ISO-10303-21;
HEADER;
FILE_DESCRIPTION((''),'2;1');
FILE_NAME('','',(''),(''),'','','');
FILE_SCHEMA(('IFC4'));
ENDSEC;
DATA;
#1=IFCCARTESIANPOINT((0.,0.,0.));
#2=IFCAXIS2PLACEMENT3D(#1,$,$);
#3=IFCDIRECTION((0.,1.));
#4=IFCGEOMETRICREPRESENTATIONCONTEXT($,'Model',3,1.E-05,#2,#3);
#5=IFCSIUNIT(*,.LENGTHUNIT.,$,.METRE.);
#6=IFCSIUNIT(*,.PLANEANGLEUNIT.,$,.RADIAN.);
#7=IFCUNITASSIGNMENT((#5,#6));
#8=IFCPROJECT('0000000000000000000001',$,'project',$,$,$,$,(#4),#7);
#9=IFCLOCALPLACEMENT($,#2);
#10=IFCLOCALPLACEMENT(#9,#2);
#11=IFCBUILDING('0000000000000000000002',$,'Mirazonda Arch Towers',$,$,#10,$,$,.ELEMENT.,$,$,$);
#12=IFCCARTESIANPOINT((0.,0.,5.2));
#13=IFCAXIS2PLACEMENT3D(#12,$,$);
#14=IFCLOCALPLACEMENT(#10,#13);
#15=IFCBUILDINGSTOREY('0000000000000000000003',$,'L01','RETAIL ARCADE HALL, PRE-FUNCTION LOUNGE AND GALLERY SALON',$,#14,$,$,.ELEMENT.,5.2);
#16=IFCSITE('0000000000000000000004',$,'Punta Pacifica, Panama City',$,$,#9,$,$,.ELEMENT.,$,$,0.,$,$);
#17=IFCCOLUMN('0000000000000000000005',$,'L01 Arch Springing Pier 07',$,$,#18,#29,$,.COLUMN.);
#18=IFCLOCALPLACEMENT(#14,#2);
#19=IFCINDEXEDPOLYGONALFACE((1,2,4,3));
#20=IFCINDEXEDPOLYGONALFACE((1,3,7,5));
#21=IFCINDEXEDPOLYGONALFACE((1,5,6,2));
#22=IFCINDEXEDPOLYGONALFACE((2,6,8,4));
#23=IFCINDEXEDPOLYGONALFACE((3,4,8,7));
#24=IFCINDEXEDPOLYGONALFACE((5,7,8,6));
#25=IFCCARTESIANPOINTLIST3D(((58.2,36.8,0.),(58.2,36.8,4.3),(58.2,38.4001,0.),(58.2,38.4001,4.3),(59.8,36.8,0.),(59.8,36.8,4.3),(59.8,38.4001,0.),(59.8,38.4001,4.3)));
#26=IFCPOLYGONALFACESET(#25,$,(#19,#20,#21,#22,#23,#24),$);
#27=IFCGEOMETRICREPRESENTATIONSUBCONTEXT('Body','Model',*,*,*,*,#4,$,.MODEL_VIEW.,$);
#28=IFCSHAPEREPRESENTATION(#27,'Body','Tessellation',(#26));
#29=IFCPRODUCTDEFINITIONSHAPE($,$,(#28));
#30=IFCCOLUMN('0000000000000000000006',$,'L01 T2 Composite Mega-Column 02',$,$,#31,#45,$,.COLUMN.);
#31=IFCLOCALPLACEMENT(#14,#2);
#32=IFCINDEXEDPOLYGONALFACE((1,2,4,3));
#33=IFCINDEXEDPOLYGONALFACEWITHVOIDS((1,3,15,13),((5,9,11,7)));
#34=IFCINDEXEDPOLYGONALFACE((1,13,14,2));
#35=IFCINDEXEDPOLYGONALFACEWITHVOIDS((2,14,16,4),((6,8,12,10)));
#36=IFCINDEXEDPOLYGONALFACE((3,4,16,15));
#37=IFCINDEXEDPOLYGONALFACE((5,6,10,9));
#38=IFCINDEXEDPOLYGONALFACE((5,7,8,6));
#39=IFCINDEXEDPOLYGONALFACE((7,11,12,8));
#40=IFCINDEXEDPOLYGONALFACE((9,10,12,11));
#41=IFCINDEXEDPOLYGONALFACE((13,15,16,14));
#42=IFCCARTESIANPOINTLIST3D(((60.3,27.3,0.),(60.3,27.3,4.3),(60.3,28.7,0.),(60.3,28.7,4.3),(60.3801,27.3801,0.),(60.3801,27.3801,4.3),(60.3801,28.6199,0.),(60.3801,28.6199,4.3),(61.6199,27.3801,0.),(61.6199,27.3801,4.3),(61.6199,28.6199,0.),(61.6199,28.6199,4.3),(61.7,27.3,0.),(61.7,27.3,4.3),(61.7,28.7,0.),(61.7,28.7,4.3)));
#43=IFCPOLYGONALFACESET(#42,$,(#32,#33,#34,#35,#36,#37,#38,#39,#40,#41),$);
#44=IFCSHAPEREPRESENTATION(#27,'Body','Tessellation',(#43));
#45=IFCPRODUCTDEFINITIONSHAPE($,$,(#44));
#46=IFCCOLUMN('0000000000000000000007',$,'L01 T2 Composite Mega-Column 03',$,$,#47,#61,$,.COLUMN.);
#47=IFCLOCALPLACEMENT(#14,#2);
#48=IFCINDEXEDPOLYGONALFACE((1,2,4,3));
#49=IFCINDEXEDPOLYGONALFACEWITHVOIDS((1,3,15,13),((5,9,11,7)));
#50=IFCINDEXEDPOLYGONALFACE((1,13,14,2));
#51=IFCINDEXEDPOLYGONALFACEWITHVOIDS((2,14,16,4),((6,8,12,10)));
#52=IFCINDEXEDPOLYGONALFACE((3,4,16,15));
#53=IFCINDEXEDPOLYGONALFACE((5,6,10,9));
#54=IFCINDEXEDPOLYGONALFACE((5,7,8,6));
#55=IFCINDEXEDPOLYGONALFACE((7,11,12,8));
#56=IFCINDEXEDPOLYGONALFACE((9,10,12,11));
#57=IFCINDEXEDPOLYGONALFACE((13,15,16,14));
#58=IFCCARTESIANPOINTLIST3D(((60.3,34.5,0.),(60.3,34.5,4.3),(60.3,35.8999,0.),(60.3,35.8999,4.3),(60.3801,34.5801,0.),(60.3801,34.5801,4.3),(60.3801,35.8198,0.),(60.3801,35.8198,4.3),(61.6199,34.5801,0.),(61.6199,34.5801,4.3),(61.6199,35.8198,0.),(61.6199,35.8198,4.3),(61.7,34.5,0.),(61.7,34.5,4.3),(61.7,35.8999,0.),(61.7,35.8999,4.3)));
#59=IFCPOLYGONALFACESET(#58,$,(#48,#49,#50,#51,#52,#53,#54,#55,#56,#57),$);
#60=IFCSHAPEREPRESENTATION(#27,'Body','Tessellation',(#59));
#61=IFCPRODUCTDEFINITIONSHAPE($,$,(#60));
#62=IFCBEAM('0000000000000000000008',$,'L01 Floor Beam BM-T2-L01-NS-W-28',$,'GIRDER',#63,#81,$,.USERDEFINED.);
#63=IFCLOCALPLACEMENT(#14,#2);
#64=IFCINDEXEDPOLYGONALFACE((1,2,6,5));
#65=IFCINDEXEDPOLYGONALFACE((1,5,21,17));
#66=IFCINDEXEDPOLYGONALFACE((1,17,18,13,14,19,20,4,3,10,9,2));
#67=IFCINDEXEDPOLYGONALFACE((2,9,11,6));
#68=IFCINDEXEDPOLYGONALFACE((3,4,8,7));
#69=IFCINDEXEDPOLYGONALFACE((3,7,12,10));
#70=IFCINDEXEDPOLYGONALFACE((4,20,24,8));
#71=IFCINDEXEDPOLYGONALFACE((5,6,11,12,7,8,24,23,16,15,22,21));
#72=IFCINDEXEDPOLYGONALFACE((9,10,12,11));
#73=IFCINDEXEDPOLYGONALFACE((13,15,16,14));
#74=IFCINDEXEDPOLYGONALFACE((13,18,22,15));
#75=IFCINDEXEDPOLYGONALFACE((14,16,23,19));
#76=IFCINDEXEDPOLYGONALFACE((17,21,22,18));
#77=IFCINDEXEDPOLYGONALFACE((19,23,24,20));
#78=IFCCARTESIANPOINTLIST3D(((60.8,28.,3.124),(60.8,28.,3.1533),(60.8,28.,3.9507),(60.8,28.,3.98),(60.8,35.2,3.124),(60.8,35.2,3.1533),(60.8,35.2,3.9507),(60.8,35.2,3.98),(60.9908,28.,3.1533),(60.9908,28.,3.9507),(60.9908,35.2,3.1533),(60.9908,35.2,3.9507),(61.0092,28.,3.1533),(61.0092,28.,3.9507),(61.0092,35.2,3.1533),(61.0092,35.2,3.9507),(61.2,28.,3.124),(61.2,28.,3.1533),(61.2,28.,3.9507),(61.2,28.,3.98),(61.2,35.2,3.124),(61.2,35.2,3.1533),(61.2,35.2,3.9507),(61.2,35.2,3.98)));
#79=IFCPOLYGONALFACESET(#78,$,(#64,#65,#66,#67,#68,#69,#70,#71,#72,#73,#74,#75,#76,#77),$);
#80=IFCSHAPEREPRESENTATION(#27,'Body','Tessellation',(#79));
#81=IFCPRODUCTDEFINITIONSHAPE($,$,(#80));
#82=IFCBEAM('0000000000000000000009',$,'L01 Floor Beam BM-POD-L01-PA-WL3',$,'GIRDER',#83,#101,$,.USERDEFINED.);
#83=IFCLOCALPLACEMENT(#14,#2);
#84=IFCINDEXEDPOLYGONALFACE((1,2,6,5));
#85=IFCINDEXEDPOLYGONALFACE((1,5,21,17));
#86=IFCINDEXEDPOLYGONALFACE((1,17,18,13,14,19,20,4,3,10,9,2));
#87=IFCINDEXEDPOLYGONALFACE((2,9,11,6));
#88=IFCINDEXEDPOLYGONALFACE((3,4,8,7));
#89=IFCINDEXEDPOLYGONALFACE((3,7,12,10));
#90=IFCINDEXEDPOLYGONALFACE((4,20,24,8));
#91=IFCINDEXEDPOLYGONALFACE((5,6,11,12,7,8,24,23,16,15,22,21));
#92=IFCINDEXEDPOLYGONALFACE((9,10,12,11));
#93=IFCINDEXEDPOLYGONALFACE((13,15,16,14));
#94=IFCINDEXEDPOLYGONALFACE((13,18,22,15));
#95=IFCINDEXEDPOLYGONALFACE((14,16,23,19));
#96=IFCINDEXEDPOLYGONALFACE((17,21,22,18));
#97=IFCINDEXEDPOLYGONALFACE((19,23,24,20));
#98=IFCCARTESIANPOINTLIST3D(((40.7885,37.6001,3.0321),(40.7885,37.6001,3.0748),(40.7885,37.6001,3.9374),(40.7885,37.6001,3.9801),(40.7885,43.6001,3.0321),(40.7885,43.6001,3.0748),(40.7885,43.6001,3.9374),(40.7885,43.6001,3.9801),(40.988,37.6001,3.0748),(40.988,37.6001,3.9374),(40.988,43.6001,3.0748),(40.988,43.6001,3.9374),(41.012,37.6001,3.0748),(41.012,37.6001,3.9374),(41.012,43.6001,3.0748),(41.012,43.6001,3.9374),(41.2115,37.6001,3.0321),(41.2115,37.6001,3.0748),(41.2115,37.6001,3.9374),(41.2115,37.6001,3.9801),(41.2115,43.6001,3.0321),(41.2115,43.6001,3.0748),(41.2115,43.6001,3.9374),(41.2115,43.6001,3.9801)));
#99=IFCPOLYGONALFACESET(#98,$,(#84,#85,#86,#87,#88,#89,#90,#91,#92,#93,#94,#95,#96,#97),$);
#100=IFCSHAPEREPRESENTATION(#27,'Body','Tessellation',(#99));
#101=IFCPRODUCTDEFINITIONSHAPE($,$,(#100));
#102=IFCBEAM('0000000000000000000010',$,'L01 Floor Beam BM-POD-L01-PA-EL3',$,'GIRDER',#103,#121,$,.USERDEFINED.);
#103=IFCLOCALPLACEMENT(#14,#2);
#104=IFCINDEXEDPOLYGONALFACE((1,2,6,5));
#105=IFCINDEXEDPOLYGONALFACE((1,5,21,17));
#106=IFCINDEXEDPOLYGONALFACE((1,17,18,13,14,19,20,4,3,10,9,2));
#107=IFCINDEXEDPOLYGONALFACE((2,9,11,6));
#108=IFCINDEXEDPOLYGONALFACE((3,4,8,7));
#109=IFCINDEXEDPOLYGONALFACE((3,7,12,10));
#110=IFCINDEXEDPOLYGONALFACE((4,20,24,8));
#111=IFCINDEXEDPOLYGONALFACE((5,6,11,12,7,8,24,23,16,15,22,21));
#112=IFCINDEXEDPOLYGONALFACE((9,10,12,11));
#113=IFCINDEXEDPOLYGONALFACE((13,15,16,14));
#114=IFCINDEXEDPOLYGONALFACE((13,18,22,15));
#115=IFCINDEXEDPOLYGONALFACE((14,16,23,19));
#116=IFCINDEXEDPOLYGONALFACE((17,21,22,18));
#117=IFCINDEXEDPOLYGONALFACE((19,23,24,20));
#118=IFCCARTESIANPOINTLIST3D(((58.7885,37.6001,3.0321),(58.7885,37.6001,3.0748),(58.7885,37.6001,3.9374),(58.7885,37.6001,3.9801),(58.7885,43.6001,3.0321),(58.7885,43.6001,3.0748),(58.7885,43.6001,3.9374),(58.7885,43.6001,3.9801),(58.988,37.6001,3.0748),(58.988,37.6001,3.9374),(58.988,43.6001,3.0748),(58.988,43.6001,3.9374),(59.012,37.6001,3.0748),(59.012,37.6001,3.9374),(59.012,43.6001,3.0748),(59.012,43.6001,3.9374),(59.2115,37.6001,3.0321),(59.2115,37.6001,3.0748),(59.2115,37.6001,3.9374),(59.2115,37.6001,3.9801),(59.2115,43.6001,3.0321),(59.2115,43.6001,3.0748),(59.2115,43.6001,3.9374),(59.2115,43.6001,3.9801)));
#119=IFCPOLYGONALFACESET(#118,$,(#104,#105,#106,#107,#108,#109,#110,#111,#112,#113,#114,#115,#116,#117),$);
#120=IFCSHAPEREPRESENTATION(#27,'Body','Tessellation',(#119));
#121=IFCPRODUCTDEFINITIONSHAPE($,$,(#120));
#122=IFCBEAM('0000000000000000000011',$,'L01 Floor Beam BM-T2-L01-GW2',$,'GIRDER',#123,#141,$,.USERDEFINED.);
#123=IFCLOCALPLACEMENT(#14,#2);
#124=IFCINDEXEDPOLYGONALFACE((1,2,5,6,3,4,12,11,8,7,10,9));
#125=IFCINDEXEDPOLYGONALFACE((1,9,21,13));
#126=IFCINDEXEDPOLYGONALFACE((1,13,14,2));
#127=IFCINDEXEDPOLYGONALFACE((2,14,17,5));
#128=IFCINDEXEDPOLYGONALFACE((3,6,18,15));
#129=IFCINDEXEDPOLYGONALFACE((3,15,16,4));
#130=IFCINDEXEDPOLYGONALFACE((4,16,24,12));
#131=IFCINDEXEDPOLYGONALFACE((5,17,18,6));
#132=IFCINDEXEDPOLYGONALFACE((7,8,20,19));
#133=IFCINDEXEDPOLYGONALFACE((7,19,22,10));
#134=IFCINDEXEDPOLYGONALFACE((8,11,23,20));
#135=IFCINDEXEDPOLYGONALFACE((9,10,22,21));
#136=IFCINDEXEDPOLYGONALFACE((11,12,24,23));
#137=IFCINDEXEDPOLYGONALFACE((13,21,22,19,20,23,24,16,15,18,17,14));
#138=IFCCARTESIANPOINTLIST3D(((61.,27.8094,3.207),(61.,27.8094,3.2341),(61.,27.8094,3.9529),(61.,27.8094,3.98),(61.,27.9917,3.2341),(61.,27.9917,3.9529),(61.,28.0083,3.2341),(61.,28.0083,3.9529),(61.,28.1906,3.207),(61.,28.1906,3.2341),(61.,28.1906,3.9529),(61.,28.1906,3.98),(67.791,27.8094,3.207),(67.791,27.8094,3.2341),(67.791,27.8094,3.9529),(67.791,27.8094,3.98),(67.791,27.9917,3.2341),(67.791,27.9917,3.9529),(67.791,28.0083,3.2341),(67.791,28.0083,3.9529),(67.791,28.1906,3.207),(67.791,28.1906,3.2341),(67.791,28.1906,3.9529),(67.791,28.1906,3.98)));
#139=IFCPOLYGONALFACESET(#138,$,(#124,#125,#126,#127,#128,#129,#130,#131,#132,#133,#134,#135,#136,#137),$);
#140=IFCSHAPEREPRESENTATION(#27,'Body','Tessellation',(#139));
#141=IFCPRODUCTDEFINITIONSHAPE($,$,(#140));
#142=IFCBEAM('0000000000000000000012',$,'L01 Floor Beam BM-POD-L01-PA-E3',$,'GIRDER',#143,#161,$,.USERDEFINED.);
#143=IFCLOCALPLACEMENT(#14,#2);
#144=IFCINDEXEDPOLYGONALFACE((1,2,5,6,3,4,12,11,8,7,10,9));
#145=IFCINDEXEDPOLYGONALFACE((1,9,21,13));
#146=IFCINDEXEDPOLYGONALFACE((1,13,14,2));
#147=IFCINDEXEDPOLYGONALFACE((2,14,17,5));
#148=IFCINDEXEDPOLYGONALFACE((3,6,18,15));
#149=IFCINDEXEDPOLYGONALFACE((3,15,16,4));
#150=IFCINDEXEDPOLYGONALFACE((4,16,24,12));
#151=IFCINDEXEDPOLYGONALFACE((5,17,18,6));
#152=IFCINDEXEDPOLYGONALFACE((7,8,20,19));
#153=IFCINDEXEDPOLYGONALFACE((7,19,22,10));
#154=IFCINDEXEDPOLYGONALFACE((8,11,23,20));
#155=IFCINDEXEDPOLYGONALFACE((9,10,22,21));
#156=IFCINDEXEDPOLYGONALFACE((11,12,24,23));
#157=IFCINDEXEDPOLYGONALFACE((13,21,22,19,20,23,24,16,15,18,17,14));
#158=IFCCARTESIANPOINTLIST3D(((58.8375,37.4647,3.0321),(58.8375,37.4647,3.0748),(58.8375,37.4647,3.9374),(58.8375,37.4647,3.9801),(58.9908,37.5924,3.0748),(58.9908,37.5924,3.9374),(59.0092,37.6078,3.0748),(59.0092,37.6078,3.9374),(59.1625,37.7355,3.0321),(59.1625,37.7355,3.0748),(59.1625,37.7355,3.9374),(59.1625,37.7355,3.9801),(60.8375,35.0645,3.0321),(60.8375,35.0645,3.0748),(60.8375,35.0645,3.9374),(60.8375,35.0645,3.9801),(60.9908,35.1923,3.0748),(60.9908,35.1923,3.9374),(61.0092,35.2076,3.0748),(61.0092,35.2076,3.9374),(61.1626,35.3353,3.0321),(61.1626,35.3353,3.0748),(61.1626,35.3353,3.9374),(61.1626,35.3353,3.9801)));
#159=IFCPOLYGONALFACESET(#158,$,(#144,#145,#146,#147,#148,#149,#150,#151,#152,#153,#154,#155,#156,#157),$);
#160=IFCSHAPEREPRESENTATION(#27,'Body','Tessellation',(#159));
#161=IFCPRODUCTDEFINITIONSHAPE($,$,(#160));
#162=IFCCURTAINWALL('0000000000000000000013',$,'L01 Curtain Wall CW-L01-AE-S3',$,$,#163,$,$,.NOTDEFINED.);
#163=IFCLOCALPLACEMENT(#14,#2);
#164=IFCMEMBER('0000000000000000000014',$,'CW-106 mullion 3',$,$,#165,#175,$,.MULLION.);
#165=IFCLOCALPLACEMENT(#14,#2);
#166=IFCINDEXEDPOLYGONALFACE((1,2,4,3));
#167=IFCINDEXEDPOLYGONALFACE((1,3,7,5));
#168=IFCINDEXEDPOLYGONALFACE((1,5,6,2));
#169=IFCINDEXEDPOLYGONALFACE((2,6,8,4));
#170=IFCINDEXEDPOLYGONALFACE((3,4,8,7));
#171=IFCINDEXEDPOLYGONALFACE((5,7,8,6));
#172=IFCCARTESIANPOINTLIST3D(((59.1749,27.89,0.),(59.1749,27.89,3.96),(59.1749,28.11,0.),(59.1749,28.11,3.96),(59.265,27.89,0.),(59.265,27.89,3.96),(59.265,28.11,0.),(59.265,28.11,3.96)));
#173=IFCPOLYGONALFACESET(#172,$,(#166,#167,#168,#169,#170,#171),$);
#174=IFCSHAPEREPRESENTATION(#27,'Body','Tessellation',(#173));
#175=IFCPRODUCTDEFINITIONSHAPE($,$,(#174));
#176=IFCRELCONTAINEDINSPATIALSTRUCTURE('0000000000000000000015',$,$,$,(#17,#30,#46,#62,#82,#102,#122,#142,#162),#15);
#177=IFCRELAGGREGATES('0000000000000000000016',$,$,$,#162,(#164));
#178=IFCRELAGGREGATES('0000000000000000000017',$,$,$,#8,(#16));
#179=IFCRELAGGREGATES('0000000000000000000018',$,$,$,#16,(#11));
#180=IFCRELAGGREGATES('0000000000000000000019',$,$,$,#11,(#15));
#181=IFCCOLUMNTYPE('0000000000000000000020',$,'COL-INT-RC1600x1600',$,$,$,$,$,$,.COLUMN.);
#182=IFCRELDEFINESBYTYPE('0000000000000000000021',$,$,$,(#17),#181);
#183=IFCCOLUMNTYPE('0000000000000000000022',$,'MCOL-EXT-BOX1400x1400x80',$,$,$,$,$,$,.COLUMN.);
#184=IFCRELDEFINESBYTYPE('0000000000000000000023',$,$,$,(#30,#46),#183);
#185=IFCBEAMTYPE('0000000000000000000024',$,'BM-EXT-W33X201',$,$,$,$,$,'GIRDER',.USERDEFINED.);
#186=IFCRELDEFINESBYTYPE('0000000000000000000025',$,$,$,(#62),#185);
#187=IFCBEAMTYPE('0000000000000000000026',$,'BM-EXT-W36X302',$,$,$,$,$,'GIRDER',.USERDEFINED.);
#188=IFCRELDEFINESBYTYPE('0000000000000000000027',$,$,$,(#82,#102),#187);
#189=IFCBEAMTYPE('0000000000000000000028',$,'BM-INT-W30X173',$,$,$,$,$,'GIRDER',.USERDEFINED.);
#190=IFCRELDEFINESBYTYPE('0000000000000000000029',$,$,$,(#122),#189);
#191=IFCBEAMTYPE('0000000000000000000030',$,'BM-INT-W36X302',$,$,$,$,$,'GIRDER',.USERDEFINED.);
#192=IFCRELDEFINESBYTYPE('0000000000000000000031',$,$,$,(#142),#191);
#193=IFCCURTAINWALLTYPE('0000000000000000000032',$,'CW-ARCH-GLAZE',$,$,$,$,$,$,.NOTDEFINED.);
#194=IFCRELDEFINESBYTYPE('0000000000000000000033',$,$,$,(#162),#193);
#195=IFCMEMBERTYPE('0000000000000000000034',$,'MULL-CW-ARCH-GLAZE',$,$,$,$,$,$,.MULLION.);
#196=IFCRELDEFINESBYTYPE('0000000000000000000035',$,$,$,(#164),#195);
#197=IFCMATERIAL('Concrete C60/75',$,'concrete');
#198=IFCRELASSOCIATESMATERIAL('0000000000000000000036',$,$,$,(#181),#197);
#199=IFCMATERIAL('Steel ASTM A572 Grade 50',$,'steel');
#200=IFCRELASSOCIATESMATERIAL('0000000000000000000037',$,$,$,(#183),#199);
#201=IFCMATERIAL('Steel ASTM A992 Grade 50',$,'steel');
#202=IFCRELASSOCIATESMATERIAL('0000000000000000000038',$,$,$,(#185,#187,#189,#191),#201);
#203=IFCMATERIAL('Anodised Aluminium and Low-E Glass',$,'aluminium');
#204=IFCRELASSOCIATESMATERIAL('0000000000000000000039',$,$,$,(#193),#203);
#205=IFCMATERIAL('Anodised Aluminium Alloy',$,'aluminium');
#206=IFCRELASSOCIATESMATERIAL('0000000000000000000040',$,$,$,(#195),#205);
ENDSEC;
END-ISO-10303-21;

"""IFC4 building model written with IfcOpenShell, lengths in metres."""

from ifc_helpers import new_model, si_unit, direction, frame, origin, origin_2d, place, context, subcontext, project, spatial, rectangle, hollow_rectangle, i_section, extrude, material, material_profile, profile_set, type_object, element, aggregate, save


model = new_model("IFC4")

# Units and contexts
model_context = context("Model", 3, precision=1e-05, world=origin(), true_north=direction((0.0, 1.0)))
body_context = subcontext(model_context, "Body", "Model", "MODEL_VIEW")
ifc_project = project(units=[si_unit("LENGTHUNIT", "METRE"), si_unit("PLANEANGLEUNIT", "RADIAN")], contexts=[model_context])

# Site, building, storey
site_placement = place(None, origin())
site = spatial("IfcSite", under=ifc_project, at=site_placement, Name="Punta Pacifica, Panama City", CompositionType="ELEMENT", RefElevation=0.0)
building_placement = place(site_placement, origin())
building = spatial("IfcBuilding", under=site, at=building_placement, Name="Mirazonda Arch Towers", CompositionType="ELEMENT")
storey_placement = place(building_placement, frame((0.0, 0.0, 5.2)))
storey = spatial("IfcBuildingStorey", under=building, at=storey_placement, Name="L01", Description="RETAIL ARCADE HALL, PRE-FUNCTION LOUNGE AND GALLERY SALON", CompositionType="ELEMENT", Elevation=5.2)

# Columns
ifc_material_1 = material(Name="Concrete C60/75", Category="concrete")
ifc_material_profile_1 = material_profile(ifc_material_1, rectangle(XDim=1.6001, YDim=1.6001, at=origin_2d()), Name="RC1600x1600")
ifc_profile_set_1 = profile_set([ifc_material_profile_1], Name="Concrete C60/75")
column_type_1 = type_object("IfcColumnType", Name="COL-INT-RC1600x1600", PredefinedType="COLUMN", material=ifc_profile_set_1)
column_placement = place(storey_placement, frame((59.0, 37.6001, 0.0), z_axis=(0.0, 0.0, 1.0), x_axis=(1.0, 0.0, 0.0)))
element("IfcColumn", 1, at=column_placement, inside=storey, type_object=column_type_1, Name="L01 Arch Springing Pier 07", PredefinedType="COLUMN", context=body_context, shape_type="SweptSolid", body=[
    extrude(rectangle(XDim=1.6001, YDim=1.6001, at=origin_2d()), origin(), (0.0, 0.0, 1.0), 4.3),
])
ifc_material_2 = material(Name="Steel ASTM A572 Grade 50", Category="steel")
ifc_material_profile_2 = material_profile(ifc_material_2, hollow_rectangle(XDim=1.3999, YDim=1.3999, WallThickness=0.0801, at=origin_2d()), Name="BOX1400x1400x80")
ifc_profile_set_2 = profile_set([ifc_material_profile_2], Name="Steel ASTM A572 Grade 50")
column_type_2 = type_object("IfcColumnType", Name="MCOL-EXT-BOX1400x1400x80", PredefinedType="COLUMN", material=ifc_profile_set_2)
for number, where, z_axis, x_axis, name in (
    (2, (61.0, 28.0, 0.0), (0.0, 0.0, 1.0), (1.0, 0.0, 0.0), "L01 T2 Composite Mega-Column 02"),
    (3, (61.0, 35.2, 0.0), (0.0, 0.0, 1.0), (1.0, 0.0, 0.0), "L01 T2 Composite Mega-Column 03"),
):
    element("IfcColumn", number, at=place(storey_placement, frame(where, z_axis=z_axis, x_axis=x_axis)), inside=storey, type_object=column_type_2, Name=name, PredefinedType="COLUMN", context=body_context, shape_type="SweptSolid", body=[
        extrude(hollow_rectangle(XDim=1.3999, YDim=1.3999, WallThickness=0.0801, at=origin_2d()), origin(), (0.0, 0.0, 1.0), 4.3),
    ])

# Beams
ifc_material_3 = material(Name="Steel ASTM A992 Grade 50", Category="steel")
ifc_material_profile_3 = material_profile(ifc_material_3, i_section(OverallWidth=0.3999, OverallDepth=0.856, WebThickness=0.0183, FlangeThickness=0.0293, at=origin_2d()), Name="W33X201")
ifc_profile_set_3 = profile_set([ifc_material_profile_3], Name="Steel ASTM A992 Grade 50")
beam_type_1 = type_object("IfcBeamType", Name="BM-EXT-W33X201", ElementType="GIRDER", PredefinedType="USERDEFINED", material=ifc_profile_set_3)
beam_1_placement = place(storey_placement, frame((61.0, 28.0, 3.552), z_axis=(0.0, 1.0, 0.0), x_axis=(-1.0, 0.0, 0.0)))
element("IfcBeam", 4, at=beam_1_placement, inside=storey, type_object=beam_type_1, Name="L01 Floor Beam BM-T2-L01-NS-W-28", ObjectType="GIRDER", PredefinedType="USERDEFINED", context=body_context, shape_type="SweptSolid", body=[
    extrude(i_section(OverallWidth=0.3999, OverallDepth=0.856, WebThickness=0.0183, FlangeThickness=0.0293, at=origin_2d()), origin(), (0.0, 0.0, 1.0), 7.2),
])
ifc_material_profile_4 = material_profile(ifc_material_3, i_section(OverallWidth=0.4231, OverallDepth=0.948, WebThickness=0.0239, FlangeThickness=0.0427, at=origin_2d()), Name="W36X302")
ifc_profile_set_4 = profile_set([ifc_material_profile_4], Name="Steel ASTM A992 Grade 50")
beam_type_2 = type_object("IfcBeamType", Name="BM-EXT-W36X302", ElementType="GIRDER", PredefinedType="USERDEFINED", material=ifc_profile_set_4)
for number, where, z_axis, x_axis, name in (
    (5, (41.0, 37.6001, 3.5061), (0.0, 1.0, 0.0), (-1.0, 0.0, 0.0), "L01 Floor Beam BM-POD-L01-PA-WL3"),
    (6, (59.0, 37.6001, 3.5061), (0.0, 1.0, 0.0), (-1.0, 0.0, 0.0), "L01 Floor Beam BM-POD-L01-PA-EL3"),
):
    element("IfcBeam", number, at=place(storey_placement, frame(where, z_axis=z_axis, x_axis=x_axis)), inside=storey, type_object=beam_type_2, Name=name, ObjectType="GIRDER", PredefinedType="USERDEFINED", context=body_context, shape_type="SweptSolid", body=[
        extrude(i_section(OverallWidth=0.4231, OverallDepth=0.948, WebThickness=0.0239, FlangeThickness=0.0427, at=origin_2d()), origin(), (0.0, 0.0, 1.0), 6.0),
    ])
ifc_material_profile_5 = material_profile(ifc_material_3, i_section(OverallWidth=0.3811, OverallDepth=0.7729, WebThickness=0.0166, FlangeThickness=0.0271, at=origin_2d()), Name="W30X173")
ifc_profile_set_5 = profile_set([ifc_material_profile_5], Name="Steel ASTM A992 Grade 50")
beam_type_3 = type_object("IfcBeamType", Name="BM-INT-W30X173", ElementType="GIRDER", PredefinedType="USERDEFINED", material=ifc_profile_set_5)
beam_2_placement = place(storey_placement, frame((61.0, 28.0, 3.5935), z_axis=(1.0, 0.0, 0.0), x_axis=(0.0, 1.0, 0.0)))
element("IfcBeam", 7, at=beam_2_placement, inside=storey, type_object=beam_type_3, Name="L01 Floor Beam BM-T2-L01-GW2", ObjectType="GIRDER", PredefinedType="USERDEFINED", context=body_context, shape_type="SweptSolid", body=[
    extrude(i_section(OverallWidth=0.3811, OverallDepth=0.7729, WebThickness=0.0166, FlangeThickness=0.0271, at=origin_2d()), origin(), (0.0, 0.0, 1.0), 6.791),
])
ifc_material_profile_6 = material_profile(ifc_material_3, i_section(OverallWidth=0.4231, OverallDepth=0.948, WebThickness=0.0239, FlangeThickness=0.0427, at=origin_2d()), Name="W36X302")
ifc_profile_set_6 = profile_set([ifc_material_profile_6], Name="Steel ASTM A992 Grade 50")
beam_type_4 = type_object("IfcBeamType", Name="BM-INT-W36X302", ElementType="GIRDER", PredefinedType="USERDEFINED", material=ifc_profile_set_6)
beam_3_placement = place(storey_placement, frame((59.0, 37.6001, 3.5061), z_axis=(0.640161, -0.76824, 0.0), x_axis=(0.76824, 0.640161, 0.0)))
element("IfcBeam", 8, at=beam_3_placement, inside=storey, type_object=beam_type_4, Name="L01 Floor Beam BM-POD-L01-PA-E3", ObjectType="GIRDER", PredefinedType="USERDEFINED", context=body_context, shape_type="SweptSolid", body=[
    extrude(i_section(OverallWidth=0.4231, OverallDepth=0.948, WebThickness=0.0239, FlangeThickness=0.0427, at=origin_2d()), origin(), (0.0, 0.0, 1.0), 3.1243),
])

# Curtain wall, member
ifc_material_4 = material(Name="Anodised Aluminium and Low-E Glass", Category="aluminium")
curtain_wall_type = type_object("IfcCurtainWallType", Name="CW-ARCH-GLAZE", PredefinedType="NOTDEFINED", material=ifc_material_4)
curtain_wall_placement = place(storey_placement, origin())
curtain_wall = element("IfcCurtainWall", 9, at=curtain_wall_placement, inside=storey, type_object=curtain_wall_type, Name="L01 Curtain Wall CW-L01-AE-S3", PredefinedType="NOTDEFINED")
ifc_material_5 = material(Name="Anodised Aluminium Alloy", Category="aluminium")
ifc_material_profile_7 = material_profile(ifc_material_5, rectangle(XDim=0.0901, YDim=0.22, at=origin_2d()), Name="ALU-MULL-90x220")
ifc_profile_set_7 = profile_set([ifc_material_profile_7], Name="Anodised Aluminium Alloy")
member_type_1 = type_object("IfcMemberType", Name="MULL-CW-ARCH-GLAZE", PredefinedType="MULLION", material=ifc_profile_set_7)
member_1_placement = place(storey_placement, frame((59.22, 28.0, 0.0), z_axis=(0.0, 0.0, 1.0), x_axis=(-1.0, 0.0, 0.0)))
member_1 = element("IfcMember", 10, at=member_1_placement, type_object=member_type_1, Name="CW-106 mullion 3", PredefinedType="MULLION", context=body_context, shape_type="SweptSolid", body=[
    extrude(rectangle(XDim=0.0901, YDim=0.22, at=origin_2d()), origin(), (0.0, 0.0, 1.0), 3.96),
])
aggregate(curtain_wall, [member_1])

save(model, "model.ifc")
